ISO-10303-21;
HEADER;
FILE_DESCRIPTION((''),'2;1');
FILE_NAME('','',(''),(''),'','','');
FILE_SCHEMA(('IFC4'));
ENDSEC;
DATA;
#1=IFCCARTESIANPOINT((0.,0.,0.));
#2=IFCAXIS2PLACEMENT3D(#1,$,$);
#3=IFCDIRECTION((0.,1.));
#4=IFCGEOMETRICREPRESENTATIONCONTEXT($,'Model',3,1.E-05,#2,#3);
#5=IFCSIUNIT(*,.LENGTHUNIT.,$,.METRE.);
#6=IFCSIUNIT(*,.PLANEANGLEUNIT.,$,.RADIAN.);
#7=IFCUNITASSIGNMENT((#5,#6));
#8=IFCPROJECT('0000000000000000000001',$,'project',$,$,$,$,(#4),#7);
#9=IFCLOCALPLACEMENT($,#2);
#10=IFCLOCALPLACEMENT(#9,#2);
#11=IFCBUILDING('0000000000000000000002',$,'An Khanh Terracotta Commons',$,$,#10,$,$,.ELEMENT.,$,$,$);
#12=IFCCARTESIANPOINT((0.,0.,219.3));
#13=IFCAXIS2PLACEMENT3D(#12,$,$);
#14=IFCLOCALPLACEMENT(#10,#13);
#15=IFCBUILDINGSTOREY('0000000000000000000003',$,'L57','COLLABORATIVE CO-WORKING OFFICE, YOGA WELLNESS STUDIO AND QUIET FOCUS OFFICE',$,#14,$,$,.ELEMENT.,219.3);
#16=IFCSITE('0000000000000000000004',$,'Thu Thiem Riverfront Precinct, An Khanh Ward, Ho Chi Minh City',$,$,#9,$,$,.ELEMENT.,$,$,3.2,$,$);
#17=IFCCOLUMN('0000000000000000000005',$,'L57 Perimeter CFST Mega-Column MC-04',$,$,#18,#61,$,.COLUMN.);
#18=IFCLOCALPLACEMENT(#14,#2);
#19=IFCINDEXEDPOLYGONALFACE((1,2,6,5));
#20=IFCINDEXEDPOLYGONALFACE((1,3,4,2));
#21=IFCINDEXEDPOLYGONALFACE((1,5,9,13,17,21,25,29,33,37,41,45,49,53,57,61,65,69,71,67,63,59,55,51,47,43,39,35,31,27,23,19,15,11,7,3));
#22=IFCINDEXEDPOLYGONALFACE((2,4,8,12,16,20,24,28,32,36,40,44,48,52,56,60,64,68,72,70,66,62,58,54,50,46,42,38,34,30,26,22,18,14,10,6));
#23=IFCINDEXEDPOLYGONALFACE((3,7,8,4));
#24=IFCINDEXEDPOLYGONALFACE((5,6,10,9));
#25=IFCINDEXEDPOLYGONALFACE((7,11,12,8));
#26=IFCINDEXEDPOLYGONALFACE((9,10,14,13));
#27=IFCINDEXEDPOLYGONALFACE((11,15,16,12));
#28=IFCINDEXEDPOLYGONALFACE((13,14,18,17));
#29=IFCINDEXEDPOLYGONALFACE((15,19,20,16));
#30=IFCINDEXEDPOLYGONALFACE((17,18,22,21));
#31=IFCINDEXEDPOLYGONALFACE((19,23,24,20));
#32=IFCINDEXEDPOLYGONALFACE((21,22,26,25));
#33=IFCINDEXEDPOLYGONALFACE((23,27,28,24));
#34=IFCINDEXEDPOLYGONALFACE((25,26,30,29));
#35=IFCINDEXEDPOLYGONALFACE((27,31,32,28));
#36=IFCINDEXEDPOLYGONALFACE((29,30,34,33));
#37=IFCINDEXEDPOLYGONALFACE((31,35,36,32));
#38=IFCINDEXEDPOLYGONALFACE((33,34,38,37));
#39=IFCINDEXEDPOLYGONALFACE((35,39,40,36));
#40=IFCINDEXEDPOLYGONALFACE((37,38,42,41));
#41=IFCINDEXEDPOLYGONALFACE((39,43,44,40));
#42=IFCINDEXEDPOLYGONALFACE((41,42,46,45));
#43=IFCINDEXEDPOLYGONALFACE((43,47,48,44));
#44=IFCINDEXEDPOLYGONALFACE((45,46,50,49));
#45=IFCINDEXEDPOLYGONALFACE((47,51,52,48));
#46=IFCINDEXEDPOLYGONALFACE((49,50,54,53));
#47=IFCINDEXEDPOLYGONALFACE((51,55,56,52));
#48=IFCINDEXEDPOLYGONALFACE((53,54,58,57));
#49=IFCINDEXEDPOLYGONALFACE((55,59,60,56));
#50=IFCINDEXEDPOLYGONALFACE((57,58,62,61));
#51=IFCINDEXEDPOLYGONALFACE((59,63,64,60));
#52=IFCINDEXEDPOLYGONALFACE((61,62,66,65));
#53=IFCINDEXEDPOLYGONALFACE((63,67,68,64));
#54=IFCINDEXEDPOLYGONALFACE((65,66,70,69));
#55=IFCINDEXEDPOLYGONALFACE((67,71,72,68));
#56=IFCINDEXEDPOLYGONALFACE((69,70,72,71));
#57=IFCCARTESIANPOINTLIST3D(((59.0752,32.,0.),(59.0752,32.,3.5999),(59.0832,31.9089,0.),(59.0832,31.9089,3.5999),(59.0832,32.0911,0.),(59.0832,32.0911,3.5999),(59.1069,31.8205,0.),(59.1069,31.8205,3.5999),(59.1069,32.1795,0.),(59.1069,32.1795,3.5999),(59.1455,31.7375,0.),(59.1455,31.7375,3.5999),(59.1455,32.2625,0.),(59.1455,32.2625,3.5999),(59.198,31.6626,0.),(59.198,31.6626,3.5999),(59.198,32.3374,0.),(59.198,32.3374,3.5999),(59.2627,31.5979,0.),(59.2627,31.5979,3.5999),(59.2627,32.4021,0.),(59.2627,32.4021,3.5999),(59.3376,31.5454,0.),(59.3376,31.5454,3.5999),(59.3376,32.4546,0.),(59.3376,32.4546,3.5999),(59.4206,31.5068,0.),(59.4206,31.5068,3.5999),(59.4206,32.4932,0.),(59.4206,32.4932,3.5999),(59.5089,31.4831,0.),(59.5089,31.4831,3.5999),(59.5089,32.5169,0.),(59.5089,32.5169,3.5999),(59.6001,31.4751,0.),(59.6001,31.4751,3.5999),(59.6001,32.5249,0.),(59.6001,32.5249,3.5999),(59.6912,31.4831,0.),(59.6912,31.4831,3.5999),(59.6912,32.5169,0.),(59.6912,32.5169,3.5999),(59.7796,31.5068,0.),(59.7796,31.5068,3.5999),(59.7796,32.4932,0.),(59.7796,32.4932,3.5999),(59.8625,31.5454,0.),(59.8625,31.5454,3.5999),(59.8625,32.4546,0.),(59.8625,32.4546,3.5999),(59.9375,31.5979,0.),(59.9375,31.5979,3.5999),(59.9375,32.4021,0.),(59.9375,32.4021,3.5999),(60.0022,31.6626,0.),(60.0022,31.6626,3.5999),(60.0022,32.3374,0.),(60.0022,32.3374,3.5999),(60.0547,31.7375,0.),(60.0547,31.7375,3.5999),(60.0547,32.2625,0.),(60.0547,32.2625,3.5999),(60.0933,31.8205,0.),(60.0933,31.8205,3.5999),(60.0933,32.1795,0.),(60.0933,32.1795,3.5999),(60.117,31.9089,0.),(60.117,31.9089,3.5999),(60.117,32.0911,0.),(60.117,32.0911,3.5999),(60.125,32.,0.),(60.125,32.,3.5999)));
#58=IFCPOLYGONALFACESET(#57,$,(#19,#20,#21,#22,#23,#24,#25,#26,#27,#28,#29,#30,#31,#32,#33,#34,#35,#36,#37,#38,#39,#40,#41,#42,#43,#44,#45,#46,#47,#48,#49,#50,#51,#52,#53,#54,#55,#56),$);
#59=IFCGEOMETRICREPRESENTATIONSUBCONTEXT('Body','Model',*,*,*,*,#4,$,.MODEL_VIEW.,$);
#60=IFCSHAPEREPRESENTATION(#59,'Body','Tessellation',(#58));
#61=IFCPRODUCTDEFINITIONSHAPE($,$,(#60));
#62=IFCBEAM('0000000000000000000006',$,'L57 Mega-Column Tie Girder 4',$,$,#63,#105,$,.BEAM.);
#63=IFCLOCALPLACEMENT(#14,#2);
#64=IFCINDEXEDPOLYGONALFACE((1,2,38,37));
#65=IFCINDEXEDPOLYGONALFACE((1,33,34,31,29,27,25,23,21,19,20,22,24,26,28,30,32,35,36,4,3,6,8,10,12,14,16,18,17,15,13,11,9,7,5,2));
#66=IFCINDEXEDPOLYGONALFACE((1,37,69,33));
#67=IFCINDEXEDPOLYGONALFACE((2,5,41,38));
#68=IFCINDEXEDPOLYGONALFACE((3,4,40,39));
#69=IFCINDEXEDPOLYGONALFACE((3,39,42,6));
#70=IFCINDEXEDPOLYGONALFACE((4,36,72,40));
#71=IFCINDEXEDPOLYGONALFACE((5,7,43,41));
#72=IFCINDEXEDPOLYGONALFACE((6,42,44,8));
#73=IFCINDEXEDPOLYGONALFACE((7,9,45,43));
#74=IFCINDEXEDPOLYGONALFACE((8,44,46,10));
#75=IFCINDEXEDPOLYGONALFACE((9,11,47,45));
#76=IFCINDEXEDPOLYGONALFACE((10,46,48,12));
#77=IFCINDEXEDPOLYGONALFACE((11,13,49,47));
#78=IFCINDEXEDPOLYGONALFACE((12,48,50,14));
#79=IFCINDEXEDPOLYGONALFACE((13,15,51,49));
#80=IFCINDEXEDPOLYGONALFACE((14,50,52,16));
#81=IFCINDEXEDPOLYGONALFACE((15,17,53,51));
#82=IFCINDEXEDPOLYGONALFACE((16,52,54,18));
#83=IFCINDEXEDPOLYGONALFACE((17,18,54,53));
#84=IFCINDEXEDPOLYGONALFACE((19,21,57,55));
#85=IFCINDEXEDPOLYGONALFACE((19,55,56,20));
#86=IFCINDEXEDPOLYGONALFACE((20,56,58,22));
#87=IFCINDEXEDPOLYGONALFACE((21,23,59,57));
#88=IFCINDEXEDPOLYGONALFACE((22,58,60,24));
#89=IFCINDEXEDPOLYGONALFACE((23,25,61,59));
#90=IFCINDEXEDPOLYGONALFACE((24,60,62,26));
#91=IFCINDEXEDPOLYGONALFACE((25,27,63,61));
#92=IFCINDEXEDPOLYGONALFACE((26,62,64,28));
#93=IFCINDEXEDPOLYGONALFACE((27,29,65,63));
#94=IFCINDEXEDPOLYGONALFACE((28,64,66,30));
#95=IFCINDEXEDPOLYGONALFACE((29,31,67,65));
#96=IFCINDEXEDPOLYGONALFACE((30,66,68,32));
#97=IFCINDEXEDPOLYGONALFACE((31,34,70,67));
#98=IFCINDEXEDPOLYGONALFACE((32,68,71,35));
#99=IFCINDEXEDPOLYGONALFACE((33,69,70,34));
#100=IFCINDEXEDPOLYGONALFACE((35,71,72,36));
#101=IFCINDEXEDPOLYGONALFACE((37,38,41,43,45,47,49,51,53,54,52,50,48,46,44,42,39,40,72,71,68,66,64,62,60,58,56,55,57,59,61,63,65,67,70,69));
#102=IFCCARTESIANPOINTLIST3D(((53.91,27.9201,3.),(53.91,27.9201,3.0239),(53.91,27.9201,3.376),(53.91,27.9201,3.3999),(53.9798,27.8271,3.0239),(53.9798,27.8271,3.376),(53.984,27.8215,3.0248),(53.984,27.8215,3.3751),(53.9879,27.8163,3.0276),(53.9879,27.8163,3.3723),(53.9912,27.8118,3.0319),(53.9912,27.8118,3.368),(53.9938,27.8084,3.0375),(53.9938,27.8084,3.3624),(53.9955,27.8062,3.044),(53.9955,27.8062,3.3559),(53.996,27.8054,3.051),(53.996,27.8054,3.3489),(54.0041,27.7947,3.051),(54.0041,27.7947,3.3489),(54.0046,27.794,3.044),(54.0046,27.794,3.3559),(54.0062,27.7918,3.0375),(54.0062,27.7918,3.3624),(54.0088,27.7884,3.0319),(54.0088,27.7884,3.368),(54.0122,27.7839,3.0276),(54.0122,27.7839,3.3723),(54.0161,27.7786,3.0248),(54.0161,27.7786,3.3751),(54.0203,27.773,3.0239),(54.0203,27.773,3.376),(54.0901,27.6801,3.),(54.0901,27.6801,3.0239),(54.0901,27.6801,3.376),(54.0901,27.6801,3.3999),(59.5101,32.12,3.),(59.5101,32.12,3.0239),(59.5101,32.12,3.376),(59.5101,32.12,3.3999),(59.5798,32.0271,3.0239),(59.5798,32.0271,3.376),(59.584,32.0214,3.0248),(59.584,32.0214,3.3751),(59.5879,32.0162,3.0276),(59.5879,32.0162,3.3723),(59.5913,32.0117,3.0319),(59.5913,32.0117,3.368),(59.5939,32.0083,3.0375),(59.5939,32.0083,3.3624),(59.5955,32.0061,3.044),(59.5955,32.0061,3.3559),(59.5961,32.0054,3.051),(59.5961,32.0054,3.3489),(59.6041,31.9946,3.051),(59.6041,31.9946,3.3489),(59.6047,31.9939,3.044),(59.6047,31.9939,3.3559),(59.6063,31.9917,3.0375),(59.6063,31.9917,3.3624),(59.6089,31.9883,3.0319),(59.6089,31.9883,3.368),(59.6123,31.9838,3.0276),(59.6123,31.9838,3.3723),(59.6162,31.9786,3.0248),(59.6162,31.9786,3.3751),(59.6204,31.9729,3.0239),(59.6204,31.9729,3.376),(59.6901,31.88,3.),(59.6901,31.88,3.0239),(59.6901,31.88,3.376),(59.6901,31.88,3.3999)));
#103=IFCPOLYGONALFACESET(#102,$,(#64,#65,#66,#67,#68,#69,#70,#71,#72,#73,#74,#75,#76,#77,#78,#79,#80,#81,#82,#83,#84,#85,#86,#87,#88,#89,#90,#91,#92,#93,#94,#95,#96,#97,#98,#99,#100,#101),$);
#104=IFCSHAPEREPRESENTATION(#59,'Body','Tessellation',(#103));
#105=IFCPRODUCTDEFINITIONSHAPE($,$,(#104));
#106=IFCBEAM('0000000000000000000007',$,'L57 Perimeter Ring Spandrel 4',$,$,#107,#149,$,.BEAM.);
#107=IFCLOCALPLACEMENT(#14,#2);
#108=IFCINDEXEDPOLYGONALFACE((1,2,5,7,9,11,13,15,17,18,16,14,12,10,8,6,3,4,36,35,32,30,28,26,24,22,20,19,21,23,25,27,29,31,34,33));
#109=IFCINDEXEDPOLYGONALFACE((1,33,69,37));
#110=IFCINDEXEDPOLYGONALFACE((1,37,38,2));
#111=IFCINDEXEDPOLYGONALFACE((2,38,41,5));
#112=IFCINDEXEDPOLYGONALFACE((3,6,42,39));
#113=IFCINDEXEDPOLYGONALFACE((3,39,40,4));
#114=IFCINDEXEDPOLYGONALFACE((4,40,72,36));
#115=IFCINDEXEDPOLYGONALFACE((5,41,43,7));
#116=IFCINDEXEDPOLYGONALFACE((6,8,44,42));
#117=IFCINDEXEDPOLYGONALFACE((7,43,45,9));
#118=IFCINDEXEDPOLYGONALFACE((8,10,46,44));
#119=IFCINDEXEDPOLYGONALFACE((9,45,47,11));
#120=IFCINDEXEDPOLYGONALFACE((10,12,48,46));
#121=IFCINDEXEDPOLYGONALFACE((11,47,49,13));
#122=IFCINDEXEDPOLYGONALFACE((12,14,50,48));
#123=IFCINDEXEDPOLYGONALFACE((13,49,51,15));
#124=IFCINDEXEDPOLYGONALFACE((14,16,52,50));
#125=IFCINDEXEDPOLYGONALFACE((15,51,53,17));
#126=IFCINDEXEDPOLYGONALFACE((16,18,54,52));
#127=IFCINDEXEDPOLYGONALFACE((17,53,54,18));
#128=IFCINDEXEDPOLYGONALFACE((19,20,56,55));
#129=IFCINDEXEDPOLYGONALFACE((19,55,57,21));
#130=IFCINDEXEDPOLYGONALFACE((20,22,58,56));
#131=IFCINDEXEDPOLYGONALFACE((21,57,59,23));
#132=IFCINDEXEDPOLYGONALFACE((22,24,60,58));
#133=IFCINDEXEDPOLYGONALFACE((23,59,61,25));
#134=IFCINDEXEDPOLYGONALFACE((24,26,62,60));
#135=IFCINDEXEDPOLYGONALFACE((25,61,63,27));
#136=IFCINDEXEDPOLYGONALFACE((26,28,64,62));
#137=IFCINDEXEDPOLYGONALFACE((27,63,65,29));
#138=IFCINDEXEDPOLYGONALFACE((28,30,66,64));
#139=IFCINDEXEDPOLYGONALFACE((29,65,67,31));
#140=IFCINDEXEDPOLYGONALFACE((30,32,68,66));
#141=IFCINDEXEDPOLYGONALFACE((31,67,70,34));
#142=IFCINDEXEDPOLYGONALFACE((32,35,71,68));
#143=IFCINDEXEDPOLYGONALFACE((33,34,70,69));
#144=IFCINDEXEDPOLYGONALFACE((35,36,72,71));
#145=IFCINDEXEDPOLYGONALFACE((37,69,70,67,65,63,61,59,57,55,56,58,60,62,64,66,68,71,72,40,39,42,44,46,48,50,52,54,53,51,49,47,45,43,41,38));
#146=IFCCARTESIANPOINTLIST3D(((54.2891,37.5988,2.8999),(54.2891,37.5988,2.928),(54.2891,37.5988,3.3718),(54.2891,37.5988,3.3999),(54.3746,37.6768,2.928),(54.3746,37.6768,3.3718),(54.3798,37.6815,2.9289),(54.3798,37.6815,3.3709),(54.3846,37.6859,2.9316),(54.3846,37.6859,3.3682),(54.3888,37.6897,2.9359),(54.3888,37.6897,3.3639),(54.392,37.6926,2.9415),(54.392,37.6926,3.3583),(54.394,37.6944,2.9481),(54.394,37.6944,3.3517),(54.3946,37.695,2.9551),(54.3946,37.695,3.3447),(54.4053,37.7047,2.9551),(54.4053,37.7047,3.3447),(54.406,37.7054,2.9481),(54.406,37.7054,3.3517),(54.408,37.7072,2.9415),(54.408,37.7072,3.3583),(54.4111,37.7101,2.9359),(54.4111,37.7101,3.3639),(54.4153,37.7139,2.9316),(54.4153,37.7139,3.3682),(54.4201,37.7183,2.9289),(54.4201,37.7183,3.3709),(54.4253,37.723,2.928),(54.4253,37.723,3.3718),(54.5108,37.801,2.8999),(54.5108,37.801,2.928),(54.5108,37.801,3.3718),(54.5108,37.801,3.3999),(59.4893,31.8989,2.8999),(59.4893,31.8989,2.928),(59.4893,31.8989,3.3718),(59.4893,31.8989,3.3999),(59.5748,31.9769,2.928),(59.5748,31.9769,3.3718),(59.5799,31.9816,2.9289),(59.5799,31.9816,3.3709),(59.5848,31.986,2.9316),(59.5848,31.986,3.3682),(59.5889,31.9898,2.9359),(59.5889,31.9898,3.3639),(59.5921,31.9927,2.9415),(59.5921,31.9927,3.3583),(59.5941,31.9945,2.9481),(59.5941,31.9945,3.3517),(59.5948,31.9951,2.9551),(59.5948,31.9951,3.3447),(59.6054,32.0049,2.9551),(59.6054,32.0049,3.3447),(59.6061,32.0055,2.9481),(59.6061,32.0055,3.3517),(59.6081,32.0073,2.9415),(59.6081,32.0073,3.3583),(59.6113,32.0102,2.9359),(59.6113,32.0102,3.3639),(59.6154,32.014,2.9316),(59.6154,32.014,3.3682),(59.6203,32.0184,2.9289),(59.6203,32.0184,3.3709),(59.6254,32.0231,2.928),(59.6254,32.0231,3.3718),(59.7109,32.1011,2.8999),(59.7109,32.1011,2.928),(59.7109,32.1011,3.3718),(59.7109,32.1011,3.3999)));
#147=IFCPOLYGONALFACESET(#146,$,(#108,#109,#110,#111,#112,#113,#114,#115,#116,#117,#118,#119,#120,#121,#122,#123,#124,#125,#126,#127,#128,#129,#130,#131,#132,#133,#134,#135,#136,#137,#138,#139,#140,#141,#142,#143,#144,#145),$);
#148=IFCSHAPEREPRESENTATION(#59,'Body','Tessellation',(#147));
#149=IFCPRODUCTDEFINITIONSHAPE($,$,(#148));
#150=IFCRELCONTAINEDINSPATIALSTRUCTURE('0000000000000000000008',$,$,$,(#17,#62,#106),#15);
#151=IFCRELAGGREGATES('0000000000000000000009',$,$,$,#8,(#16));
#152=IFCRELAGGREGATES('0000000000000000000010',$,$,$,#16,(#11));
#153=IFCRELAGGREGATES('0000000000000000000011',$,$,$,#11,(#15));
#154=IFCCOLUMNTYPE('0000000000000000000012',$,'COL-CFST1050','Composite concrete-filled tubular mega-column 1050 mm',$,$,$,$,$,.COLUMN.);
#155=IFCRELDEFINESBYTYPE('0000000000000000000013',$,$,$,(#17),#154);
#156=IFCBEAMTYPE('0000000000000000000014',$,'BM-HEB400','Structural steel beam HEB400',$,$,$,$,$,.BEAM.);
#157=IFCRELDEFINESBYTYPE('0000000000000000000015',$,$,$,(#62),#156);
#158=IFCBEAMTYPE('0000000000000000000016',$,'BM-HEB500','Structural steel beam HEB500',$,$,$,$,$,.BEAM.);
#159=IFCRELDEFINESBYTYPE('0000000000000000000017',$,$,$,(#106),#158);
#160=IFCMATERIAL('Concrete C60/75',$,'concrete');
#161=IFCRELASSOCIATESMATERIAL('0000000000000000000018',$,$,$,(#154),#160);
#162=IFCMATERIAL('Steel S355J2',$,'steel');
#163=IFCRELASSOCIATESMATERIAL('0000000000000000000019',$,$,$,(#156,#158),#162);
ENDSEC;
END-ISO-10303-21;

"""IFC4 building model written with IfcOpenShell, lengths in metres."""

from ifc_helpers import new_model, si_unit, direction, frame, origin, origin_2d, place, context, subcontext, project, spatial, circle, i_section, extrude, material, material_profile, profile_set, type_object, element, save


model = new_model("IFC4")

# Units and contexts
model_context = context("Model", 3, precision=1e-05, world=origin(), true_north=direction((0.0, 1.0)))
body_context = subcontext(model_context, "Body", "Model", "MODEL_VIEW")
ifc_project = project(units=[si_unit("LENGTHUNIT", "METRE"), si_unit("PLANEANGLEUNIT", "RADIAN")], contexts=[model_context])

# Site, building, storey
site_placement = place(None, origin())
site = spatial("IfcSite", under=ifc_project, at=site_placement, Name="Thu Thiem Riverfront Precinct, An Khanh Ward, Ho Chi Minh City", CompositionType="ELEMENT", RefElevation=3.2)
building_placement = place(site_placement, origin())
building = spatial("IfcBuilding", under=site, at=building_placement, Name="An Khanh Terracotta Commons", CompositionType="ELEMENT")
storey_placement = place(building_placement, frame((0.0, 0.0, 219.3)))
storey = spatial("IfcBuildingStorey", under=building, at=storey_placement, Name="L57", Description="COLLABORATIVE CO-WORKING OFFICE, YOGA WELLNESS STUDIO AND QUIET FOCUS OFFICE", CompositionType="ELEMENT", Elevation=219.3)

# Column
ifc_material_1 = material(Name="Concrete C60/75", Category="concrete")
ifc_material_profile_1 = material_profile(ifc_material_1, circle(Radius=0.5249, at=origin_2d()), Name="CFST1050")
ifc_profile_set_1 = profile_set([ifc_material_profile_1], Name="Concrete C60/75")
column_type = type_object("IfcColumnType", Name="COL-CFST1050", Description="Composite concrete-filled tubular mega-column 1050 mm", PredefinedType="COLUMN", material=ifc_profile_set_1)
column_placement = place(storey_placement, frame((59.6001, 32.0, 0.0), z_axis=(0.0, 0.0, 1.0), x_axis=(1.0, 0.0, 0.0)))
element("IfcColumn", 1, at=column_placement, inside=storey, type_object=column_type, Name="L57 Perimeter CFST Mega-Column MC-04", PredefinedType="COLUMN", context=body_context, shape_type="SweptSolid", body=[
    extrude(circle(Radius=0.5249, at=origin_2d()), origin(), (0.0, 0.0, 1.0), 3.5999),
])

# Beams
ifc_material_2 = material(Name="Steel S355J2", Category="steel")
ifc_material_profile_2 = material_profile(ifc_material_2, i_section(OverallWidth=0.3, OverallDepth=0.3999, WebThickness=0.0134, FlangeThickness=0.0239, FilletRadius=0.0271, at=origin_2d()), Name="HEB400")
ifc_profile_set_2 = profile_set([ifc_material_profile_2], Name="Steel S355J2")
beam_type_1 = type_object("IfcBeamType", Name="BM-HEB400", Description="Structural steel beam HEB400", PredefinedType="BEAM", material=ifc_profile_set_2)
beam_1_placement = place(storey_placement, frame((59.6001, 32.0, 3.2), z_axis=(-0.800008, -0.599989, 0.0), x_axis=(0.599989, -0.800008, 0.0)))
element("IfcBeam", 2, at=beam_1_placement, inside=storey, type_object=beam_type_1, Name="L57 Mega-Column Tie Girder 4", PredefinedType="BEAM", context=body_context, shape_type="SweptSolid", body=[
    extrude(i_section(OverallWidth=0.3, OverallDepth=0.3999, WebThickness=0.0134, FlangeThickness=0.0239, FilletRadius=0.0271, at=origin_2d()), origin(), (0.0, 0.0, 1.0), 7.0),
])
ifc_material_profile_3 = material_profile(ifc_material_2, i_section(OverallWidth=0.3, OverallDepth=0.5, WebThickness=0.0144, FlangeThickness=0.0281, FilletRadius=0.0271, at=origin_2d()), Name="HEB500")
ifc_profile_set_3 = profile_set([ifc_material_profile_3], Name="Steel S355J2")
beam_type_2 = type_object("IfcBeamType", Name="BM-HEB500", Description="Structural steel beam HEB500", PredefinedType="BEAM", material=ifc_profile_set_3)
beam_2_placement = place(storey_placement, frame((59.6001, 32.0, 3.1499), z_axis=(-0.673979, 0.738751, 0.0), x_axis=(-0.738751, -0.673979, 0.0)))
element("IfcBeam", 3, at=beam_2_placement, inside=storey, type_object=beam_type_2, Name="L57 Perimeter Ring Spandrel 4", PredefinedType="BEAM", context=body_context, shape_type="SweptSolid", body=[
    extrude(i_section(OverallWidth=0.3, OverallDepth=0.5, WebThickness=0.0144, FlangeThickness=0.0281, FilletRadius=0.0271, at=origin_2d()), origin(), (0.0, 0.0, 1.0), 7.7156),
])

save(model, "model.ifc")
